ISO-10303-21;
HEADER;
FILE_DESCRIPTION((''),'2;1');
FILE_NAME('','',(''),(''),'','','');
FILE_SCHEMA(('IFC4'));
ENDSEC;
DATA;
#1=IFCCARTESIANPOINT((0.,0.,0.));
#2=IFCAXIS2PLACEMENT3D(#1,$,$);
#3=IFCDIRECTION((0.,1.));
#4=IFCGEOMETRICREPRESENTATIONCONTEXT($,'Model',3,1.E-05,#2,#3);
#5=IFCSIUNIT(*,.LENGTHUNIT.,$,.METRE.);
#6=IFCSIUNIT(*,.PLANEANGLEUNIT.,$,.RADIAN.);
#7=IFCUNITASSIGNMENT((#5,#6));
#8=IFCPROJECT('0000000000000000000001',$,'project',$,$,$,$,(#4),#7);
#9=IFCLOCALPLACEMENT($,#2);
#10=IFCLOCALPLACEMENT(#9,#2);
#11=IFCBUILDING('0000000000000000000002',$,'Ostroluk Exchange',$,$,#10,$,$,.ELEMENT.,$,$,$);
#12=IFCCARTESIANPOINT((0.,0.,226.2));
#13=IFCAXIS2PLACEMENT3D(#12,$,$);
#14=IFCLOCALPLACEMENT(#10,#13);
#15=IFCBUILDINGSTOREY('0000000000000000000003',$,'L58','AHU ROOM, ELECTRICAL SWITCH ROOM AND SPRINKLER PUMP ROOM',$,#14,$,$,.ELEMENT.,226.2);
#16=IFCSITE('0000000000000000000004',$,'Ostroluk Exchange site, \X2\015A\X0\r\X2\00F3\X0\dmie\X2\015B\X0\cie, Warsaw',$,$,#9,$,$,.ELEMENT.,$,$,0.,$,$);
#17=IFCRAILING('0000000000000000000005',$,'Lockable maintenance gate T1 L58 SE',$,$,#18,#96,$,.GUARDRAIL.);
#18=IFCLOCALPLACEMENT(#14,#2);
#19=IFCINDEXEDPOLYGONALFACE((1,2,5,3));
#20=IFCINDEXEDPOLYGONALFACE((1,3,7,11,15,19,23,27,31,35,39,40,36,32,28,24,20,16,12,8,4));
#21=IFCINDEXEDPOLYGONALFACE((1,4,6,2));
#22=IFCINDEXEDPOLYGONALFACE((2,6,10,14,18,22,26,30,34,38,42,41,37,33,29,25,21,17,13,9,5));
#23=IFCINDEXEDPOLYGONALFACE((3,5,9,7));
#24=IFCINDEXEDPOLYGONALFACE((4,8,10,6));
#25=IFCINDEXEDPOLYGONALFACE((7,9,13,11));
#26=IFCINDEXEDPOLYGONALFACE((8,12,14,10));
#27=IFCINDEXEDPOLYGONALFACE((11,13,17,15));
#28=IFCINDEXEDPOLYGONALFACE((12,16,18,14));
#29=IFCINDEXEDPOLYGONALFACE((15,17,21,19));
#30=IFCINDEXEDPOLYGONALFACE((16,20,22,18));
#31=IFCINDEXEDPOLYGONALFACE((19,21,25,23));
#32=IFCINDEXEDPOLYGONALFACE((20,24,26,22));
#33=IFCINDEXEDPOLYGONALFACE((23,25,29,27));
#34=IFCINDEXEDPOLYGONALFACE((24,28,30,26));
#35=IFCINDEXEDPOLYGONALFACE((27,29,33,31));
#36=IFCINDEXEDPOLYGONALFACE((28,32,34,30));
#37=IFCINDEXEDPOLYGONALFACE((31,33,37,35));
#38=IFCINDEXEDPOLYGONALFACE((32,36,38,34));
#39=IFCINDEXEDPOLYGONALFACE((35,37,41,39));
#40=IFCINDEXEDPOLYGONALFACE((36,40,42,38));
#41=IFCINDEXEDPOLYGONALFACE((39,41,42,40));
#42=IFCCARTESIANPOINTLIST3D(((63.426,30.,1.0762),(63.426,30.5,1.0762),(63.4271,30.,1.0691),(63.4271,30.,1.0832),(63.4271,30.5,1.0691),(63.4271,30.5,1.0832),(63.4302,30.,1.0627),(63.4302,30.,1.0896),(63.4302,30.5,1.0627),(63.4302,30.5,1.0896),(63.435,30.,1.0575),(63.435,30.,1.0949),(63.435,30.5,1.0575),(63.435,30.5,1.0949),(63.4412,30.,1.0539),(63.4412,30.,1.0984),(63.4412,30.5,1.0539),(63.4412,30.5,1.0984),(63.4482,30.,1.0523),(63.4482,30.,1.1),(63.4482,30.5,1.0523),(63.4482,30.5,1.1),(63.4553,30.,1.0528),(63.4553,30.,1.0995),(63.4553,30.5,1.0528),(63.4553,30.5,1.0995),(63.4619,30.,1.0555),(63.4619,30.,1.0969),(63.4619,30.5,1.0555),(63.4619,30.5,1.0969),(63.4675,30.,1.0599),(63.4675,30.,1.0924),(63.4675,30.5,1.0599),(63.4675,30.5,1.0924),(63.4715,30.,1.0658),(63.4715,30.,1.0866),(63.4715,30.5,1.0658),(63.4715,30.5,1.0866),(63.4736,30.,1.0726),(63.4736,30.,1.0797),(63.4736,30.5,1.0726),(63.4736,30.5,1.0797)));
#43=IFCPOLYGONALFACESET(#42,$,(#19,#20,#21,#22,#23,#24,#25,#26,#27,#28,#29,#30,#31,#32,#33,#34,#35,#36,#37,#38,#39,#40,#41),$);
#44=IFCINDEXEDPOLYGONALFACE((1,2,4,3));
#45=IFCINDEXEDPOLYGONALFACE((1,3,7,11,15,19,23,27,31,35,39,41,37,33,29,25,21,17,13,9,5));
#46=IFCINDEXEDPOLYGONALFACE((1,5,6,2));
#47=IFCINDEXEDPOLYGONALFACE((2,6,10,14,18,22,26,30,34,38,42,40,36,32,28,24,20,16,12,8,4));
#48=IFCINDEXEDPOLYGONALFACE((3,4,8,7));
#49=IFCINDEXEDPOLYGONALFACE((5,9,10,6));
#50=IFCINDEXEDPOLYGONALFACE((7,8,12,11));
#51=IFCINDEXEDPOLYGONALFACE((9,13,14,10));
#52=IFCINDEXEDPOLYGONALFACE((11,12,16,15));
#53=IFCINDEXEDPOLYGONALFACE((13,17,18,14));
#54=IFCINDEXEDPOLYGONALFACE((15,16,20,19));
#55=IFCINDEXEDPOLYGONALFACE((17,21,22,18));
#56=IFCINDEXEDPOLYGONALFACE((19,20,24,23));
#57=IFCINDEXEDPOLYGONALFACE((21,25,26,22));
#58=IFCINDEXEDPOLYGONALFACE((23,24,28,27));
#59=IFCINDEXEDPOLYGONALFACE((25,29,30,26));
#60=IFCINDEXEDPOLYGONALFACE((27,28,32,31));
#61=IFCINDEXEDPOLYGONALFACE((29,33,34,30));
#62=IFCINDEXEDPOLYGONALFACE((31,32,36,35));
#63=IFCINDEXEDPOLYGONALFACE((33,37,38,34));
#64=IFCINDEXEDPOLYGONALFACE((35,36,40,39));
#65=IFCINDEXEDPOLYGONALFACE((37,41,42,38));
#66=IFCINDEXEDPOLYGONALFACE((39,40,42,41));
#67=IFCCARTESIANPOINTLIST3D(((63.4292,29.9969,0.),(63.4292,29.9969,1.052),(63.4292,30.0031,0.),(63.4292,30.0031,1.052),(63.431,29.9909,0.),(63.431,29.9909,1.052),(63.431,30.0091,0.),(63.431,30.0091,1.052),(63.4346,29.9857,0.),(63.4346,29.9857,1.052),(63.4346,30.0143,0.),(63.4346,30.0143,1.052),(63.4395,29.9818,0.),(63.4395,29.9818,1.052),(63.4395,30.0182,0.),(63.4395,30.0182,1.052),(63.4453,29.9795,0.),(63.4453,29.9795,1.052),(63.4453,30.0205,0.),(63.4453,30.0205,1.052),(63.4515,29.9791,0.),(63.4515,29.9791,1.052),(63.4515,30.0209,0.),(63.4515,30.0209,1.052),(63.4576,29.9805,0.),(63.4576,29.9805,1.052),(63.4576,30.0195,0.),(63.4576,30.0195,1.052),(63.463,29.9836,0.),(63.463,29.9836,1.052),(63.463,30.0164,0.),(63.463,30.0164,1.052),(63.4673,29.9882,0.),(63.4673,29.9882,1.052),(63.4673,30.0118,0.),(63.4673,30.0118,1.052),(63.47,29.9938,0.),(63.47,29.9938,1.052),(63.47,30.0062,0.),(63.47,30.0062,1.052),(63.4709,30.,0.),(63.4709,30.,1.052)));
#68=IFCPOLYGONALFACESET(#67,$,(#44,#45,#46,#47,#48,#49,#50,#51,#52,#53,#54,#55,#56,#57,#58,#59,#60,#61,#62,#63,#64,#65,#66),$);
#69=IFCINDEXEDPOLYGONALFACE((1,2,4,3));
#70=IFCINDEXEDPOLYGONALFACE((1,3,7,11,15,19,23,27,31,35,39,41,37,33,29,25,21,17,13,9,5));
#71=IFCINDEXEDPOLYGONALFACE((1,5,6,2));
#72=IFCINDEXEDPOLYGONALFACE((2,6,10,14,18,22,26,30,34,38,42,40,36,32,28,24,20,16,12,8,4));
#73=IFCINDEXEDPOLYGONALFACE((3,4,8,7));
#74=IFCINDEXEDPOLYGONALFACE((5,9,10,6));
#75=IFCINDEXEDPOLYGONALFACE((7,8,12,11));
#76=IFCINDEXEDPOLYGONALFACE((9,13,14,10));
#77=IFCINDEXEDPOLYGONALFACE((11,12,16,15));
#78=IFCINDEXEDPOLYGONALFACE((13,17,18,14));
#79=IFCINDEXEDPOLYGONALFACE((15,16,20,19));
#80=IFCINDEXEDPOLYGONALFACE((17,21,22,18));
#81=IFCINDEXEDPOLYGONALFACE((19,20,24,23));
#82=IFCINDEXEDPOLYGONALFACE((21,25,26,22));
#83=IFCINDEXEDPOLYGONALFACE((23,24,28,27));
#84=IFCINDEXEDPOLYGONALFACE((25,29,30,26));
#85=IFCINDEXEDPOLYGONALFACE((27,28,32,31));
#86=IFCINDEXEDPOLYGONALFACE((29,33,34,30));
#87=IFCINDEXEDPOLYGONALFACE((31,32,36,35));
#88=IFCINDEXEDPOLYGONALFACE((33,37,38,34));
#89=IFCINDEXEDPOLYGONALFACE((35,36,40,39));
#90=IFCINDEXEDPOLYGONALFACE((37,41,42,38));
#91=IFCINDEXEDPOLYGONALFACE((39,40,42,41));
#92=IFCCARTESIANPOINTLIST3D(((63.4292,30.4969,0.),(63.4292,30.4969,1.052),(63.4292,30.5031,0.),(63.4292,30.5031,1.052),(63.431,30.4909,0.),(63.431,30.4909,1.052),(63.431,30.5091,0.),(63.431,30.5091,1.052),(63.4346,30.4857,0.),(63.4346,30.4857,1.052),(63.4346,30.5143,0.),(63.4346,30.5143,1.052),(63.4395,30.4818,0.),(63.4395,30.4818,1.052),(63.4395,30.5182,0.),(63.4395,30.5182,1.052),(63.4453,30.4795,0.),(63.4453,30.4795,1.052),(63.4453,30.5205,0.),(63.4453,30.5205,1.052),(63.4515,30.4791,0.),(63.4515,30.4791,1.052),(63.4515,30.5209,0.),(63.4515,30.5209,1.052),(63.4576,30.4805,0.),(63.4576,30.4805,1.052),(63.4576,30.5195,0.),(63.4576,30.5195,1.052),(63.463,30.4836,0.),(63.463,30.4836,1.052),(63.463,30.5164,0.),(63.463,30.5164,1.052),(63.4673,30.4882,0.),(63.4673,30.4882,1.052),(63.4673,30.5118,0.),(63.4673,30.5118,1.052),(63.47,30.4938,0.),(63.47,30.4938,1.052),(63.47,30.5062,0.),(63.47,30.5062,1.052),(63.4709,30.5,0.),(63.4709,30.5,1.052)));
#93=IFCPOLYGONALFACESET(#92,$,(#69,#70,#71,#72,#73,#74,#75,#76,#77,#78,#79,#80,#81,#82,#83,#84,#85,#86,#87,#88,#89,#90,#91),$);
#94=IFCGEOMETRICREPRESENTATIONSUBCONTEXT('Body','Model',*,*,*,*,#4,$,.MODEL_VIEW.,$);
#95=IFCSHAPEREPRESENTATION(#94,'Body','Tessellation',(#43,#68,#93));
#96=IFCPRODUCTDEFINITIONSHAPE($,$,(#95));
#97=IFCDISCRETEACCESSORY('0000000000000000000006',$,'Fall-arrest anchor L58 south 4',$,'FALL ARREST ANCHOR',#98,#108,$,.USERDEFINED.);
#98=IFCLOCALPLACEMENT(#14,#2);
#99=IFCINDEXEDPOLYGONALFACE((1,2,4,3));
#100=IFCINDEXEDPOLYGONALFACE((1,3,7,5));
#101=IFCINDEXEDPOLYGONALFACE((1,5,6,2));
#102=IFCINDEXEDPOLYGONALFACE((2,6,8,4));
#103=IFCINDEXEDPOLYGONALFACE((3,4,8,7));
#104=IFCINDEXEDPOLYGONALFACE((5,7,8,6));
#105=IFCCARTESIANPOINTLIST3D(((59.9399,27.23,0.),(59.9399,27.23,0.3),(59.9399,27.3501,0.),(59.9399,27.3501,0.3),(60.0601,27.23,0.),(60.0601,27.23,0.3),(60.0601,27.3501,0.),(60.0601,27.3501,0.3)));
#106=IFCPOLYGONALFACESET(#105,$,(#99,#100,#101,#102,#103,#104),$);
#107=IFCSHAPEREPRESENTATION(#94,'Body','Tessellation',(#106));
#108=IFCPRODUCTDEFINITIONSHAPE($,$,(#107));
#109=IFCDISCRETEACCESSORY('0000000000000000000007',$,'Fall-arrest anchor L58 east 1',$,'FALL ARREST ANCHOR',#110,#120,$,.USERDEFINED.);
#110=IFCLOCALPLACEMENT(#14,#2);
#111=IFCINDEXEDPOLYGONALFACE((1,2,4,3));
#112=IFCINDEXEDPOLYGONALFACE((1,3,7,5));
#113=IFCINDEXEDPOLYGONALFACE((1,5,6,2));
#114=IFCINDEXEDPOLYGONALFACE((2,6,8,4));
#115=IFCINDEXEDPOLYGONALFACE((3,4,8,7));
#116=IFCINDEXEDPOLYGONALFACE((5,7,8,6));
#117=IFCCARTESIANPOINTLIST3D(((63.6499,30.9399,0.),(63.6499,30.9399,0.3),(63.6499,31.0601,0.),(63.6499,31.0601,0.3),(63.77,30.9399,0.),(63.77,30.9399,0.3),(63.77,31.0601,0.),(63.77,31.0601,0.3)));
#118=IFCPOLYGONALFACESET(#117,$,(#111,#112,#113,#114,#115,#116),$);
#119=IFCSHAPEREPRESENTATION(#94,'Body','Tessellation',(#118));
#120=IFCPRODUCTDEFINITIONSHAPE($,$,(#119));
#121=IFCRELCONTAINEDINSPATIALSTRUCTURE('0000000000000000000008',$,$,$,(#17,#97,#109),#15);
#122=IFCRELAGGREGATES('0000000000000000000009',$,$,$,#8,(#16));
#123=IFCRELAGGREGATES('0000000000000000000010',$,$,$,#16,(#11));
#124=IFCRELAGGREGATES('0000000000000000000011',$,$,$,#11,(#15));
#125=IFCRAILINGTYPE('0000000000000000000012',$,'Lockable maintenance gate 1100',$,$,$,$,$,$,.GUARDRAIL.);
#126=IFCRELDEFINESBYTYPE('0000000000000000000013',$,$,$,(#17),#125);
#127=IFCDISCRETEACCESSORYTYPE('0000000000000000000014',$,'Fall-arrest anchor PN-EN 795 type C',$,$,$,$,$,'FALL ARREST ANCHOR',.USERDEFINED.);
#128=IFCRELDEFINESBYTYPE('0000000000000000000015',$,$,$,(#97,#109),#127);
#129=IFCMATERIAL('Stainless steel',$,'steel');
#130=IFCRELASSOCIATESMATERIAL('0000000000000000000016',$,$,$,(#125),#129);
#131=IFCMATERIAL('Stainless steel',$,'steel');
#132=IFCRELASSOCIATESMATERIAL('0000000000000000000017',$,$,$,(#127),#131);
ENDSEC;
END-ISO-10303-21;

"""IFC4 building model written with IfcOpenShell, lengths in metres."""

from ifc_helpers import new_model, si_unit, direction, frame, origin, origin_2d, place, context, subcontext, project, spatial, rectangle, circle, extrude, material, type_object, element, save


model = new_model("IFC4")

# Units and contexts
model_context = context("Model", 3, precision=1e-05, world=origin(), true_north=direction((0.0, 1.0)))
body_context = subcontext(model_context, "Body", "Model", "MODEL_VIEW")
ifc_project = project(units=[si_unit("LENGTHUNIT", "METRE"), si_unit("PLANEANGLEUNIT", "RADIAN")], contexts=[model_context])

# Site, building, storey
site_placement = place(None, origin())
site = spatial("IfcSite", under=ifc_project, at=site_placement, Name="Ostroluk Exchange site, Śródmieście, Warsaw", CompositionType="ELEMENT", RefElevation=0.0)
building_placement = place(site_placement, origin())
building = spatial("IfcBuilding", under=site, at=building_placement, Name="Ostroluk Exchange", CompositionType="ELEMENT")
storey_placement = place(building_placement, frame((0.0, 0.0, 226.2)))
storey = spatial("IfcBuildingStorey", under=building, at=storey_placement, Name="L58", Description="AHU ROOM, ELECTRICAL SWITCH ROOM AND SPRINKLER PUMP ROOM", CompositionType="ELEMENT", Elevation=226.2)

# Railing
ifc_material_1 = material(Name="Stainless steel", Category="steel")
railing_type_1 = type_object("IfcRailingType", Name="Lockable maintenance gate 1100", PredefinedType="GUARDRAIL", material=ifc_material_1)
railing_1_placement = place(storey_placement, frame((63.45, 30.0, 0.0)))
element("IfcRailing", 1, at=railing_1_placement, inside=storey, type_object=railing_type_1, Name="Lockable maintenance gate T1 L58 SE", PredefinedType="GUARDRAIL", context=body_context, shape_type="SweptSolid", body=[
    extrude(circle(Radius=0.0239, at=origin_2d()), frame((0.0, 0.0, 1.0762), z_axis=(0.0, 1.0, 0.0), x_axis=(-1.0, 0.0, 0.0)), (0.0, 0.0, 1.0), 0.5),
    extrude(circle(Radius=0.021, at=origin_2d()), origin(), (0.0, 0.0, 1.0), 1.052),
    extrude(circle(Radius=0.021, at=origin_2d()), frame((0.0, 0.5, 0.0)), (0.0, 0.0, 1.0), 1.052),
])

# Discrete accessories
ifc_material_2 = material(Name="Stainless steel", Category="steel")
discrete_accessory_type = type_object("IfcDiscreteAccessoryType", Name="Fall-arrest anchor PN-EN 795 type C", ElementType="FALL ARREST ANCHOR", PredefinedType="USERDEFINED", material=ifc_material_2)
for number, where, z_axis, x_axis, name in (
    (2, (60.0, 27.29, 0.0), (0.0, 0.0, 1.0), (1.0, 0.0, 0.0), "Fall-arrest anchor L58 south 4"),
    (3, (63.71, 31.0, 0.0), (0.0, 0.0, 1.0), (1.0, 0.0, 0.0), "Fall-arrest anchor L58 east 1"),
):
    element("IfcDiscreteAccessory", number, at=place(storey_placement, frame(where, z_axis=z_axis, x_axis=x_axis)), inside=storey, type_object=discrete_accessory_type, Name=name, ObjectType="FALL ARREST ANCHOR", PredefinedType="USERDEFINED", context=body_context, shape_type="SweptSolid", body=[
        extrude(rectangle(XDim=0.1201, YDim=0.1201, at=origin_2d()), origin(), (0.0, 0.0, 1.0), 0.3),
    ])

save(model, "model.ifc")
